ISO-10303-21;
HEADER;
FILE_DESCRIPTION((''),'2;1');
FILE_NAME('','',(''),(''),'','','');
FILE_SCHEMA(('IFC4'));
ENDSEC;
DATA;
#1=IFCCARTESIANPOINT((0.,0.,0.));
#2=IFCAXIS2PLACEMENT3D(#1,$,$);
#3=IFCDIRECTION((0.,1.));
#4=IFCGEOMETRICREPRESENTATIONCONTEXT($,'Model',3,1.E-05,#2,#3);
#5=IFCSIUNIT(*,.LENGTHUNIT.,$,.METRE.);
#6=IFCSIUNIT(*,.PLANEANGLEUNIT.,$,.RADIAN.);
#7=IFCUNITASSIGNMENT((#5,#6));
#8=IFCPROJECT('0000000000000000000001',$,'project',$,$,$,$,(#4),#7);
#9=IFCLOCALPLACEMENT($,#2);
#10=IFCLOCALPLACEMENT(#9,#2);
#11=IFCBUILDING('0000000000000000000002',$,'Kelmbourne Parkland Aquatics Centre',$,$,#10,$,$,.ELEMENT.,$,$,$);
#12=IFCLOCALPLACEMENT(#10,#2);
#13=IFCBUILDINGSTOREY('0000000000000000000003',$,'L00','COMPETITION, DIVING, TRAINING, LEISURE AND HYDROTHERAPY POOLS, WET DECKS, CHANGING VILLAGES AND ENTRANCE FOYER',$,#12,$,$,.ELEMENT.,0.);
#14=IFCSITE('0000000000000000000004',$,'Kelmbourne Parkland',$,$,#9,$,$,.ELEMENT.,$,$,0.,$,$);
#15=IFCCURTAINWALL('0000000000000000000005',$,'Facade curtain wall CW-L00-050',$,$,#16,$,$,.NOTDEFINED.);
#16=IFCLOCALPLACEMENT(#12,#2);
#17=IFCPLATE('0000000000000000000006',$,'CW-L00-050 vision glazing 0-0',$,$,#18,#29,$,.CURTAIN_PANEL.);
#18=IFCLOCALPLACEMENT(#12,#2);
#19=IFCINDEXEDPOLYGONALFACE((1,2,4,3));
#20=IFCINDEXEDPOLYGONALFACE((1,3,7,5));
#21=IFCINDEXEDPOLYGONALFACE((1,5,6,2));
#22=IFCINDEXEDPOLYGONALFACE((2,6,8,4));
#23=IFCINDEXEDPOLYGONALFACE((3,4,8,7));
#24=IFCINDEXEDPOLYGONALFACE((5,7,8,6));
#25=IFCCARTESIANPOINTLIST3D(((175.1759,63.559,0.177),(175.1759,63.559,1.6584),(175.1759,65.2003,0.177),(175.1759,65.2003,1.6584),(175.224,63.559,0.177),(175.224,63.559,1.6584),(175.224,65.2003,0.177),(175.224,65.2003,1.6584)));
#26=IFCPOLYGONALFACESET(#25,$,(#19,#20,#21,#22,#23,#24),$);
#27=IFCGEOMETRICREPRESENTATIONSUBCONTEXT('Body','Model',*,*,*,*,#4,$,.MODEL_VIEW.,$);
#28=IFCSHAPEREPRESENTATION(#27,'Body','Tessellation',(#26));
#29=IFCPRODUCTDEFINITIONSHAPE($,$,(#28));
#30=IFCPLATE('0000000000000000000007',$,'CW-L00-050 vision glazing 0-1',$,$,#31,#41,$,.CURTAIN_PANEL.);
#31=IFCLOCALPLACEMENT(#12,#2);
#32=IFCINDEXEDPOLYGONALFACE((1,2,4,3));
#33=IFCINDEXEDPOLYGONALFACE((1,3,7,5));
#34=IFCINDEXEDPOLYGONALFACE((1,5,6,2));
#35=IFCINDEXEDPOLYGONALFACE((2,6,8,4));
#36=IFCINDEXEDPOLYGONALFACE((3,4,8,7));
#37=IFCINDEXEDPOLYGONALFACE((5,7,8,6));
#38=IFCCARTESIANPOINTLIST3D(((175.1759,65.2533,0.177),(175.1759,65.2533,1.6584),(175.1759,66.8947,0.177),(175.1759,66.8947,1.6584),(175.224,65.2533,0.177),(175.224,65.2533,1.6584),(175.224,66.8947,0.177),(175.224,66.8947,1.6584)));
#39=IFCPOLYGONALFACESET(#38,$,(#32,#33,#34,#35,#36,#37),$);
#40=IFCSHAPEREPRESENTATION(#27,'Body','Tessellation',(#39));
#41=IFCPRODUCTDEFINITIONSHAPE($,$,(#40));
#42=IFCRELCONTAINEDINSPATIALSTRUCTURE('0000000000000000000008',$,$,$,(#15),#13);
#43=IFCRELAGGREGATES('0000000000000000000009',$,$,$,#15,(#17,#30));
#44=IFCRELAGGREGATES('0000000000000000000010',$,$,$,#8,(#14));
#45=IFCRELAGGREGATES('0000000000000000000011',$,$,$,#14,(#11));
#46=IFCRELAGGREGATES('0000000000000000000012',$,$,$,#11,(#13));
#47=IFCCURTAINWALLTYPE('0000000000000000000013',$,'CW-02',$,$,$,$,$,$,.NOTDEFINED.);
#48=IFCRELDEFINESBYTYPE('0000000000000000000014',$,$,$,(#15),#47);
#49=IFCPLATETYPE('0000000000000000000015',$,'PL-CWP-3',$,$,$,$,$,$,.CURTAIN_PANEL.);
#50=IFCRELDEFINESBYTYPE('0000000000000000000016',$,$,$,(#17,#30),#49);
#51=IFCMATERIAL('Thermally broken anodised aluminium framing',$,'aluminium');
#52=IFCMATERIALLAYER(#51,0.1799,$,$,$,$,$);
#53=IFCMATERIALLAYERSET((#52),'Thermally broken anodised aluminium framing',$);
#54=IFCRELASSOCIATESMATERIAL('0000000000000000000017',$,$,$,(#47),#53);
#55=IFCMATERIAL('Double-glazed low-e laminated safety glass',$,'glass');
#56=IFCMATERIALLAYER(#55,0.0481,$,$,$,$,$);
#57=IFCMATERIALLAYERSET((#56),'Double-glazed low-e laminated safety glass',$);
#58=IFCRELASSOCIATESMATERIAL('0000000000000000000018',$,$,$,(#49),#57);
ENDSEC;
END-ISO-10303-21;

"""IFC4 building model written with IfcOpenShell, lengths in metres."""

from ifc_helpers import new_model, si_unit, direction, frame, origin, origin_2d, place, context, subcontext, project, spatial, rectangle, extrude, material, layer, layer_set, type_object, element, aggregate, save


model = new_model("IFC4")

# Units and contexts
model_context = context("Model", 3, precision=1e-05, world=origin(), true_north=direction((0.0, 1.0)))
body_context = subcontext(model_context, "Body", "Model", "MODEL_VIEW")
ifc_project = project(units=[si_unit("LENGTHUNIT", "METRE"), si_unit("PLANEANGLEUNIT", "RADIAN")], contexts=[model_context])

# Site, building, storey
site_placement = place(None, origin())
site = spatial("IfcSite", under=ifc_project, at=site_placement, Name="Kelmbourne Parkland", CompositionType="ELEMENT", RefElevation=0.0)
building_placement = place(site_placement, origin())
building = spatial("IfcBuilding", under=site, at=building_placement, Name="Kelmbourne Parkland Aquatics Centre", CompositionType="ELEMENT")
storey_placement = place(building_placement, origin())
storey = spatial("IfcBuildingStorey", under=building, at=storey_placement, Name="L00", Description="COMPETITION, DIVING, TRAINING, LEISURE AND HYDROTHERAPY POOLS, WET DECKS, CHANGING VILLAGES AND ENTRANCE FOYER", CompositionType="ELEMENT", Elevation=0.0)

# Curtain wall
ifc_material_1 = material(Name="Thermally broken anodised aluminium framing", Category="aluminium")
ifc_layer_1 = layer(ifc_material_1, 0.1799)
ifc_layer_set_1 = layer_set([ifc_layer_1], Name="Thermally broken anodised aluminium framing")
curtain_wall_type_1 = type_object("IfcCurtainWallType", Name="CW-02", PredefinedType="NOTDEFINED", material=ifc_layer_set_1)
curtain_wall_1_placement = place(storey_placement, origin())
curtain_wall_1 = element("IfcCurtainWall", 1, at=curtain_wall_1_placement, inside=storey, type_object=curtain_wall_type_1, Name="Facade curtain wall CW-L00-050", PredefinedType="NOTDEFINED")

# Plates
ifc_material_2 = material(Name="Double-glazed low-e laminated safety glass", Category="glass")
ifc_layer_2 = layer(ifc_material_2, 0.0481)
ifc_layer_set_2 = layer_set([ifc_layer_2], Name="Double-glazed low-e laminated safety glass")
plate_type_1 = type_object("IfcPlateType", Name="PL-CWP-3", PredefinedType="CURTAIN_PANEL", material=ifc_layer_set_2)
plate_1_placement = place(storey_placement, frame((175.2, 64.3796, 0.177), z_axis=(0.0, 0.0, 1.0), x_axis=(0.0, 1.0, 0.0)))
plate_1 = element("IfcPlate", 2, at=plate_1_placement, type_object=plate_type_1, Name="CW-L00-050 vision glazing 0-0", PredefinedType="CURTAIN_PANEL", context=body_context, shape_type="SweptSolid", body=[
    extrude(rectangle(XDim=1.6414, YDim=0.0481, at=origin_2d()), origin(), (0.0, 0.0, 1.0), 1.4814),
])
plate_2_placement = place(storey_placement, frame((175.2, 66.074, 0.177), z_axis=(0.0, 0.0, 1.0), x_axis=(0.0, 1.0, 0.0)))
plate_2 = element("IfcPlate", 3, at=plate_2_placement, type_object=plate_type_1, Name="CW-L00-050 vision glazing 0-1", PredefinedType="CURTAIN_PANEL", context=body_context, shape_type="SweptSolid", body=[
    extrude(rectangle(XDim=1.6414, YDim=0.0481, at=origin_2d()), origin(), (0.0, 0.0, 1.0), 1.4814),
])
aggregate(curtain_wall_1, [plate_1, plate_2])

save(model, "model.ifc")
